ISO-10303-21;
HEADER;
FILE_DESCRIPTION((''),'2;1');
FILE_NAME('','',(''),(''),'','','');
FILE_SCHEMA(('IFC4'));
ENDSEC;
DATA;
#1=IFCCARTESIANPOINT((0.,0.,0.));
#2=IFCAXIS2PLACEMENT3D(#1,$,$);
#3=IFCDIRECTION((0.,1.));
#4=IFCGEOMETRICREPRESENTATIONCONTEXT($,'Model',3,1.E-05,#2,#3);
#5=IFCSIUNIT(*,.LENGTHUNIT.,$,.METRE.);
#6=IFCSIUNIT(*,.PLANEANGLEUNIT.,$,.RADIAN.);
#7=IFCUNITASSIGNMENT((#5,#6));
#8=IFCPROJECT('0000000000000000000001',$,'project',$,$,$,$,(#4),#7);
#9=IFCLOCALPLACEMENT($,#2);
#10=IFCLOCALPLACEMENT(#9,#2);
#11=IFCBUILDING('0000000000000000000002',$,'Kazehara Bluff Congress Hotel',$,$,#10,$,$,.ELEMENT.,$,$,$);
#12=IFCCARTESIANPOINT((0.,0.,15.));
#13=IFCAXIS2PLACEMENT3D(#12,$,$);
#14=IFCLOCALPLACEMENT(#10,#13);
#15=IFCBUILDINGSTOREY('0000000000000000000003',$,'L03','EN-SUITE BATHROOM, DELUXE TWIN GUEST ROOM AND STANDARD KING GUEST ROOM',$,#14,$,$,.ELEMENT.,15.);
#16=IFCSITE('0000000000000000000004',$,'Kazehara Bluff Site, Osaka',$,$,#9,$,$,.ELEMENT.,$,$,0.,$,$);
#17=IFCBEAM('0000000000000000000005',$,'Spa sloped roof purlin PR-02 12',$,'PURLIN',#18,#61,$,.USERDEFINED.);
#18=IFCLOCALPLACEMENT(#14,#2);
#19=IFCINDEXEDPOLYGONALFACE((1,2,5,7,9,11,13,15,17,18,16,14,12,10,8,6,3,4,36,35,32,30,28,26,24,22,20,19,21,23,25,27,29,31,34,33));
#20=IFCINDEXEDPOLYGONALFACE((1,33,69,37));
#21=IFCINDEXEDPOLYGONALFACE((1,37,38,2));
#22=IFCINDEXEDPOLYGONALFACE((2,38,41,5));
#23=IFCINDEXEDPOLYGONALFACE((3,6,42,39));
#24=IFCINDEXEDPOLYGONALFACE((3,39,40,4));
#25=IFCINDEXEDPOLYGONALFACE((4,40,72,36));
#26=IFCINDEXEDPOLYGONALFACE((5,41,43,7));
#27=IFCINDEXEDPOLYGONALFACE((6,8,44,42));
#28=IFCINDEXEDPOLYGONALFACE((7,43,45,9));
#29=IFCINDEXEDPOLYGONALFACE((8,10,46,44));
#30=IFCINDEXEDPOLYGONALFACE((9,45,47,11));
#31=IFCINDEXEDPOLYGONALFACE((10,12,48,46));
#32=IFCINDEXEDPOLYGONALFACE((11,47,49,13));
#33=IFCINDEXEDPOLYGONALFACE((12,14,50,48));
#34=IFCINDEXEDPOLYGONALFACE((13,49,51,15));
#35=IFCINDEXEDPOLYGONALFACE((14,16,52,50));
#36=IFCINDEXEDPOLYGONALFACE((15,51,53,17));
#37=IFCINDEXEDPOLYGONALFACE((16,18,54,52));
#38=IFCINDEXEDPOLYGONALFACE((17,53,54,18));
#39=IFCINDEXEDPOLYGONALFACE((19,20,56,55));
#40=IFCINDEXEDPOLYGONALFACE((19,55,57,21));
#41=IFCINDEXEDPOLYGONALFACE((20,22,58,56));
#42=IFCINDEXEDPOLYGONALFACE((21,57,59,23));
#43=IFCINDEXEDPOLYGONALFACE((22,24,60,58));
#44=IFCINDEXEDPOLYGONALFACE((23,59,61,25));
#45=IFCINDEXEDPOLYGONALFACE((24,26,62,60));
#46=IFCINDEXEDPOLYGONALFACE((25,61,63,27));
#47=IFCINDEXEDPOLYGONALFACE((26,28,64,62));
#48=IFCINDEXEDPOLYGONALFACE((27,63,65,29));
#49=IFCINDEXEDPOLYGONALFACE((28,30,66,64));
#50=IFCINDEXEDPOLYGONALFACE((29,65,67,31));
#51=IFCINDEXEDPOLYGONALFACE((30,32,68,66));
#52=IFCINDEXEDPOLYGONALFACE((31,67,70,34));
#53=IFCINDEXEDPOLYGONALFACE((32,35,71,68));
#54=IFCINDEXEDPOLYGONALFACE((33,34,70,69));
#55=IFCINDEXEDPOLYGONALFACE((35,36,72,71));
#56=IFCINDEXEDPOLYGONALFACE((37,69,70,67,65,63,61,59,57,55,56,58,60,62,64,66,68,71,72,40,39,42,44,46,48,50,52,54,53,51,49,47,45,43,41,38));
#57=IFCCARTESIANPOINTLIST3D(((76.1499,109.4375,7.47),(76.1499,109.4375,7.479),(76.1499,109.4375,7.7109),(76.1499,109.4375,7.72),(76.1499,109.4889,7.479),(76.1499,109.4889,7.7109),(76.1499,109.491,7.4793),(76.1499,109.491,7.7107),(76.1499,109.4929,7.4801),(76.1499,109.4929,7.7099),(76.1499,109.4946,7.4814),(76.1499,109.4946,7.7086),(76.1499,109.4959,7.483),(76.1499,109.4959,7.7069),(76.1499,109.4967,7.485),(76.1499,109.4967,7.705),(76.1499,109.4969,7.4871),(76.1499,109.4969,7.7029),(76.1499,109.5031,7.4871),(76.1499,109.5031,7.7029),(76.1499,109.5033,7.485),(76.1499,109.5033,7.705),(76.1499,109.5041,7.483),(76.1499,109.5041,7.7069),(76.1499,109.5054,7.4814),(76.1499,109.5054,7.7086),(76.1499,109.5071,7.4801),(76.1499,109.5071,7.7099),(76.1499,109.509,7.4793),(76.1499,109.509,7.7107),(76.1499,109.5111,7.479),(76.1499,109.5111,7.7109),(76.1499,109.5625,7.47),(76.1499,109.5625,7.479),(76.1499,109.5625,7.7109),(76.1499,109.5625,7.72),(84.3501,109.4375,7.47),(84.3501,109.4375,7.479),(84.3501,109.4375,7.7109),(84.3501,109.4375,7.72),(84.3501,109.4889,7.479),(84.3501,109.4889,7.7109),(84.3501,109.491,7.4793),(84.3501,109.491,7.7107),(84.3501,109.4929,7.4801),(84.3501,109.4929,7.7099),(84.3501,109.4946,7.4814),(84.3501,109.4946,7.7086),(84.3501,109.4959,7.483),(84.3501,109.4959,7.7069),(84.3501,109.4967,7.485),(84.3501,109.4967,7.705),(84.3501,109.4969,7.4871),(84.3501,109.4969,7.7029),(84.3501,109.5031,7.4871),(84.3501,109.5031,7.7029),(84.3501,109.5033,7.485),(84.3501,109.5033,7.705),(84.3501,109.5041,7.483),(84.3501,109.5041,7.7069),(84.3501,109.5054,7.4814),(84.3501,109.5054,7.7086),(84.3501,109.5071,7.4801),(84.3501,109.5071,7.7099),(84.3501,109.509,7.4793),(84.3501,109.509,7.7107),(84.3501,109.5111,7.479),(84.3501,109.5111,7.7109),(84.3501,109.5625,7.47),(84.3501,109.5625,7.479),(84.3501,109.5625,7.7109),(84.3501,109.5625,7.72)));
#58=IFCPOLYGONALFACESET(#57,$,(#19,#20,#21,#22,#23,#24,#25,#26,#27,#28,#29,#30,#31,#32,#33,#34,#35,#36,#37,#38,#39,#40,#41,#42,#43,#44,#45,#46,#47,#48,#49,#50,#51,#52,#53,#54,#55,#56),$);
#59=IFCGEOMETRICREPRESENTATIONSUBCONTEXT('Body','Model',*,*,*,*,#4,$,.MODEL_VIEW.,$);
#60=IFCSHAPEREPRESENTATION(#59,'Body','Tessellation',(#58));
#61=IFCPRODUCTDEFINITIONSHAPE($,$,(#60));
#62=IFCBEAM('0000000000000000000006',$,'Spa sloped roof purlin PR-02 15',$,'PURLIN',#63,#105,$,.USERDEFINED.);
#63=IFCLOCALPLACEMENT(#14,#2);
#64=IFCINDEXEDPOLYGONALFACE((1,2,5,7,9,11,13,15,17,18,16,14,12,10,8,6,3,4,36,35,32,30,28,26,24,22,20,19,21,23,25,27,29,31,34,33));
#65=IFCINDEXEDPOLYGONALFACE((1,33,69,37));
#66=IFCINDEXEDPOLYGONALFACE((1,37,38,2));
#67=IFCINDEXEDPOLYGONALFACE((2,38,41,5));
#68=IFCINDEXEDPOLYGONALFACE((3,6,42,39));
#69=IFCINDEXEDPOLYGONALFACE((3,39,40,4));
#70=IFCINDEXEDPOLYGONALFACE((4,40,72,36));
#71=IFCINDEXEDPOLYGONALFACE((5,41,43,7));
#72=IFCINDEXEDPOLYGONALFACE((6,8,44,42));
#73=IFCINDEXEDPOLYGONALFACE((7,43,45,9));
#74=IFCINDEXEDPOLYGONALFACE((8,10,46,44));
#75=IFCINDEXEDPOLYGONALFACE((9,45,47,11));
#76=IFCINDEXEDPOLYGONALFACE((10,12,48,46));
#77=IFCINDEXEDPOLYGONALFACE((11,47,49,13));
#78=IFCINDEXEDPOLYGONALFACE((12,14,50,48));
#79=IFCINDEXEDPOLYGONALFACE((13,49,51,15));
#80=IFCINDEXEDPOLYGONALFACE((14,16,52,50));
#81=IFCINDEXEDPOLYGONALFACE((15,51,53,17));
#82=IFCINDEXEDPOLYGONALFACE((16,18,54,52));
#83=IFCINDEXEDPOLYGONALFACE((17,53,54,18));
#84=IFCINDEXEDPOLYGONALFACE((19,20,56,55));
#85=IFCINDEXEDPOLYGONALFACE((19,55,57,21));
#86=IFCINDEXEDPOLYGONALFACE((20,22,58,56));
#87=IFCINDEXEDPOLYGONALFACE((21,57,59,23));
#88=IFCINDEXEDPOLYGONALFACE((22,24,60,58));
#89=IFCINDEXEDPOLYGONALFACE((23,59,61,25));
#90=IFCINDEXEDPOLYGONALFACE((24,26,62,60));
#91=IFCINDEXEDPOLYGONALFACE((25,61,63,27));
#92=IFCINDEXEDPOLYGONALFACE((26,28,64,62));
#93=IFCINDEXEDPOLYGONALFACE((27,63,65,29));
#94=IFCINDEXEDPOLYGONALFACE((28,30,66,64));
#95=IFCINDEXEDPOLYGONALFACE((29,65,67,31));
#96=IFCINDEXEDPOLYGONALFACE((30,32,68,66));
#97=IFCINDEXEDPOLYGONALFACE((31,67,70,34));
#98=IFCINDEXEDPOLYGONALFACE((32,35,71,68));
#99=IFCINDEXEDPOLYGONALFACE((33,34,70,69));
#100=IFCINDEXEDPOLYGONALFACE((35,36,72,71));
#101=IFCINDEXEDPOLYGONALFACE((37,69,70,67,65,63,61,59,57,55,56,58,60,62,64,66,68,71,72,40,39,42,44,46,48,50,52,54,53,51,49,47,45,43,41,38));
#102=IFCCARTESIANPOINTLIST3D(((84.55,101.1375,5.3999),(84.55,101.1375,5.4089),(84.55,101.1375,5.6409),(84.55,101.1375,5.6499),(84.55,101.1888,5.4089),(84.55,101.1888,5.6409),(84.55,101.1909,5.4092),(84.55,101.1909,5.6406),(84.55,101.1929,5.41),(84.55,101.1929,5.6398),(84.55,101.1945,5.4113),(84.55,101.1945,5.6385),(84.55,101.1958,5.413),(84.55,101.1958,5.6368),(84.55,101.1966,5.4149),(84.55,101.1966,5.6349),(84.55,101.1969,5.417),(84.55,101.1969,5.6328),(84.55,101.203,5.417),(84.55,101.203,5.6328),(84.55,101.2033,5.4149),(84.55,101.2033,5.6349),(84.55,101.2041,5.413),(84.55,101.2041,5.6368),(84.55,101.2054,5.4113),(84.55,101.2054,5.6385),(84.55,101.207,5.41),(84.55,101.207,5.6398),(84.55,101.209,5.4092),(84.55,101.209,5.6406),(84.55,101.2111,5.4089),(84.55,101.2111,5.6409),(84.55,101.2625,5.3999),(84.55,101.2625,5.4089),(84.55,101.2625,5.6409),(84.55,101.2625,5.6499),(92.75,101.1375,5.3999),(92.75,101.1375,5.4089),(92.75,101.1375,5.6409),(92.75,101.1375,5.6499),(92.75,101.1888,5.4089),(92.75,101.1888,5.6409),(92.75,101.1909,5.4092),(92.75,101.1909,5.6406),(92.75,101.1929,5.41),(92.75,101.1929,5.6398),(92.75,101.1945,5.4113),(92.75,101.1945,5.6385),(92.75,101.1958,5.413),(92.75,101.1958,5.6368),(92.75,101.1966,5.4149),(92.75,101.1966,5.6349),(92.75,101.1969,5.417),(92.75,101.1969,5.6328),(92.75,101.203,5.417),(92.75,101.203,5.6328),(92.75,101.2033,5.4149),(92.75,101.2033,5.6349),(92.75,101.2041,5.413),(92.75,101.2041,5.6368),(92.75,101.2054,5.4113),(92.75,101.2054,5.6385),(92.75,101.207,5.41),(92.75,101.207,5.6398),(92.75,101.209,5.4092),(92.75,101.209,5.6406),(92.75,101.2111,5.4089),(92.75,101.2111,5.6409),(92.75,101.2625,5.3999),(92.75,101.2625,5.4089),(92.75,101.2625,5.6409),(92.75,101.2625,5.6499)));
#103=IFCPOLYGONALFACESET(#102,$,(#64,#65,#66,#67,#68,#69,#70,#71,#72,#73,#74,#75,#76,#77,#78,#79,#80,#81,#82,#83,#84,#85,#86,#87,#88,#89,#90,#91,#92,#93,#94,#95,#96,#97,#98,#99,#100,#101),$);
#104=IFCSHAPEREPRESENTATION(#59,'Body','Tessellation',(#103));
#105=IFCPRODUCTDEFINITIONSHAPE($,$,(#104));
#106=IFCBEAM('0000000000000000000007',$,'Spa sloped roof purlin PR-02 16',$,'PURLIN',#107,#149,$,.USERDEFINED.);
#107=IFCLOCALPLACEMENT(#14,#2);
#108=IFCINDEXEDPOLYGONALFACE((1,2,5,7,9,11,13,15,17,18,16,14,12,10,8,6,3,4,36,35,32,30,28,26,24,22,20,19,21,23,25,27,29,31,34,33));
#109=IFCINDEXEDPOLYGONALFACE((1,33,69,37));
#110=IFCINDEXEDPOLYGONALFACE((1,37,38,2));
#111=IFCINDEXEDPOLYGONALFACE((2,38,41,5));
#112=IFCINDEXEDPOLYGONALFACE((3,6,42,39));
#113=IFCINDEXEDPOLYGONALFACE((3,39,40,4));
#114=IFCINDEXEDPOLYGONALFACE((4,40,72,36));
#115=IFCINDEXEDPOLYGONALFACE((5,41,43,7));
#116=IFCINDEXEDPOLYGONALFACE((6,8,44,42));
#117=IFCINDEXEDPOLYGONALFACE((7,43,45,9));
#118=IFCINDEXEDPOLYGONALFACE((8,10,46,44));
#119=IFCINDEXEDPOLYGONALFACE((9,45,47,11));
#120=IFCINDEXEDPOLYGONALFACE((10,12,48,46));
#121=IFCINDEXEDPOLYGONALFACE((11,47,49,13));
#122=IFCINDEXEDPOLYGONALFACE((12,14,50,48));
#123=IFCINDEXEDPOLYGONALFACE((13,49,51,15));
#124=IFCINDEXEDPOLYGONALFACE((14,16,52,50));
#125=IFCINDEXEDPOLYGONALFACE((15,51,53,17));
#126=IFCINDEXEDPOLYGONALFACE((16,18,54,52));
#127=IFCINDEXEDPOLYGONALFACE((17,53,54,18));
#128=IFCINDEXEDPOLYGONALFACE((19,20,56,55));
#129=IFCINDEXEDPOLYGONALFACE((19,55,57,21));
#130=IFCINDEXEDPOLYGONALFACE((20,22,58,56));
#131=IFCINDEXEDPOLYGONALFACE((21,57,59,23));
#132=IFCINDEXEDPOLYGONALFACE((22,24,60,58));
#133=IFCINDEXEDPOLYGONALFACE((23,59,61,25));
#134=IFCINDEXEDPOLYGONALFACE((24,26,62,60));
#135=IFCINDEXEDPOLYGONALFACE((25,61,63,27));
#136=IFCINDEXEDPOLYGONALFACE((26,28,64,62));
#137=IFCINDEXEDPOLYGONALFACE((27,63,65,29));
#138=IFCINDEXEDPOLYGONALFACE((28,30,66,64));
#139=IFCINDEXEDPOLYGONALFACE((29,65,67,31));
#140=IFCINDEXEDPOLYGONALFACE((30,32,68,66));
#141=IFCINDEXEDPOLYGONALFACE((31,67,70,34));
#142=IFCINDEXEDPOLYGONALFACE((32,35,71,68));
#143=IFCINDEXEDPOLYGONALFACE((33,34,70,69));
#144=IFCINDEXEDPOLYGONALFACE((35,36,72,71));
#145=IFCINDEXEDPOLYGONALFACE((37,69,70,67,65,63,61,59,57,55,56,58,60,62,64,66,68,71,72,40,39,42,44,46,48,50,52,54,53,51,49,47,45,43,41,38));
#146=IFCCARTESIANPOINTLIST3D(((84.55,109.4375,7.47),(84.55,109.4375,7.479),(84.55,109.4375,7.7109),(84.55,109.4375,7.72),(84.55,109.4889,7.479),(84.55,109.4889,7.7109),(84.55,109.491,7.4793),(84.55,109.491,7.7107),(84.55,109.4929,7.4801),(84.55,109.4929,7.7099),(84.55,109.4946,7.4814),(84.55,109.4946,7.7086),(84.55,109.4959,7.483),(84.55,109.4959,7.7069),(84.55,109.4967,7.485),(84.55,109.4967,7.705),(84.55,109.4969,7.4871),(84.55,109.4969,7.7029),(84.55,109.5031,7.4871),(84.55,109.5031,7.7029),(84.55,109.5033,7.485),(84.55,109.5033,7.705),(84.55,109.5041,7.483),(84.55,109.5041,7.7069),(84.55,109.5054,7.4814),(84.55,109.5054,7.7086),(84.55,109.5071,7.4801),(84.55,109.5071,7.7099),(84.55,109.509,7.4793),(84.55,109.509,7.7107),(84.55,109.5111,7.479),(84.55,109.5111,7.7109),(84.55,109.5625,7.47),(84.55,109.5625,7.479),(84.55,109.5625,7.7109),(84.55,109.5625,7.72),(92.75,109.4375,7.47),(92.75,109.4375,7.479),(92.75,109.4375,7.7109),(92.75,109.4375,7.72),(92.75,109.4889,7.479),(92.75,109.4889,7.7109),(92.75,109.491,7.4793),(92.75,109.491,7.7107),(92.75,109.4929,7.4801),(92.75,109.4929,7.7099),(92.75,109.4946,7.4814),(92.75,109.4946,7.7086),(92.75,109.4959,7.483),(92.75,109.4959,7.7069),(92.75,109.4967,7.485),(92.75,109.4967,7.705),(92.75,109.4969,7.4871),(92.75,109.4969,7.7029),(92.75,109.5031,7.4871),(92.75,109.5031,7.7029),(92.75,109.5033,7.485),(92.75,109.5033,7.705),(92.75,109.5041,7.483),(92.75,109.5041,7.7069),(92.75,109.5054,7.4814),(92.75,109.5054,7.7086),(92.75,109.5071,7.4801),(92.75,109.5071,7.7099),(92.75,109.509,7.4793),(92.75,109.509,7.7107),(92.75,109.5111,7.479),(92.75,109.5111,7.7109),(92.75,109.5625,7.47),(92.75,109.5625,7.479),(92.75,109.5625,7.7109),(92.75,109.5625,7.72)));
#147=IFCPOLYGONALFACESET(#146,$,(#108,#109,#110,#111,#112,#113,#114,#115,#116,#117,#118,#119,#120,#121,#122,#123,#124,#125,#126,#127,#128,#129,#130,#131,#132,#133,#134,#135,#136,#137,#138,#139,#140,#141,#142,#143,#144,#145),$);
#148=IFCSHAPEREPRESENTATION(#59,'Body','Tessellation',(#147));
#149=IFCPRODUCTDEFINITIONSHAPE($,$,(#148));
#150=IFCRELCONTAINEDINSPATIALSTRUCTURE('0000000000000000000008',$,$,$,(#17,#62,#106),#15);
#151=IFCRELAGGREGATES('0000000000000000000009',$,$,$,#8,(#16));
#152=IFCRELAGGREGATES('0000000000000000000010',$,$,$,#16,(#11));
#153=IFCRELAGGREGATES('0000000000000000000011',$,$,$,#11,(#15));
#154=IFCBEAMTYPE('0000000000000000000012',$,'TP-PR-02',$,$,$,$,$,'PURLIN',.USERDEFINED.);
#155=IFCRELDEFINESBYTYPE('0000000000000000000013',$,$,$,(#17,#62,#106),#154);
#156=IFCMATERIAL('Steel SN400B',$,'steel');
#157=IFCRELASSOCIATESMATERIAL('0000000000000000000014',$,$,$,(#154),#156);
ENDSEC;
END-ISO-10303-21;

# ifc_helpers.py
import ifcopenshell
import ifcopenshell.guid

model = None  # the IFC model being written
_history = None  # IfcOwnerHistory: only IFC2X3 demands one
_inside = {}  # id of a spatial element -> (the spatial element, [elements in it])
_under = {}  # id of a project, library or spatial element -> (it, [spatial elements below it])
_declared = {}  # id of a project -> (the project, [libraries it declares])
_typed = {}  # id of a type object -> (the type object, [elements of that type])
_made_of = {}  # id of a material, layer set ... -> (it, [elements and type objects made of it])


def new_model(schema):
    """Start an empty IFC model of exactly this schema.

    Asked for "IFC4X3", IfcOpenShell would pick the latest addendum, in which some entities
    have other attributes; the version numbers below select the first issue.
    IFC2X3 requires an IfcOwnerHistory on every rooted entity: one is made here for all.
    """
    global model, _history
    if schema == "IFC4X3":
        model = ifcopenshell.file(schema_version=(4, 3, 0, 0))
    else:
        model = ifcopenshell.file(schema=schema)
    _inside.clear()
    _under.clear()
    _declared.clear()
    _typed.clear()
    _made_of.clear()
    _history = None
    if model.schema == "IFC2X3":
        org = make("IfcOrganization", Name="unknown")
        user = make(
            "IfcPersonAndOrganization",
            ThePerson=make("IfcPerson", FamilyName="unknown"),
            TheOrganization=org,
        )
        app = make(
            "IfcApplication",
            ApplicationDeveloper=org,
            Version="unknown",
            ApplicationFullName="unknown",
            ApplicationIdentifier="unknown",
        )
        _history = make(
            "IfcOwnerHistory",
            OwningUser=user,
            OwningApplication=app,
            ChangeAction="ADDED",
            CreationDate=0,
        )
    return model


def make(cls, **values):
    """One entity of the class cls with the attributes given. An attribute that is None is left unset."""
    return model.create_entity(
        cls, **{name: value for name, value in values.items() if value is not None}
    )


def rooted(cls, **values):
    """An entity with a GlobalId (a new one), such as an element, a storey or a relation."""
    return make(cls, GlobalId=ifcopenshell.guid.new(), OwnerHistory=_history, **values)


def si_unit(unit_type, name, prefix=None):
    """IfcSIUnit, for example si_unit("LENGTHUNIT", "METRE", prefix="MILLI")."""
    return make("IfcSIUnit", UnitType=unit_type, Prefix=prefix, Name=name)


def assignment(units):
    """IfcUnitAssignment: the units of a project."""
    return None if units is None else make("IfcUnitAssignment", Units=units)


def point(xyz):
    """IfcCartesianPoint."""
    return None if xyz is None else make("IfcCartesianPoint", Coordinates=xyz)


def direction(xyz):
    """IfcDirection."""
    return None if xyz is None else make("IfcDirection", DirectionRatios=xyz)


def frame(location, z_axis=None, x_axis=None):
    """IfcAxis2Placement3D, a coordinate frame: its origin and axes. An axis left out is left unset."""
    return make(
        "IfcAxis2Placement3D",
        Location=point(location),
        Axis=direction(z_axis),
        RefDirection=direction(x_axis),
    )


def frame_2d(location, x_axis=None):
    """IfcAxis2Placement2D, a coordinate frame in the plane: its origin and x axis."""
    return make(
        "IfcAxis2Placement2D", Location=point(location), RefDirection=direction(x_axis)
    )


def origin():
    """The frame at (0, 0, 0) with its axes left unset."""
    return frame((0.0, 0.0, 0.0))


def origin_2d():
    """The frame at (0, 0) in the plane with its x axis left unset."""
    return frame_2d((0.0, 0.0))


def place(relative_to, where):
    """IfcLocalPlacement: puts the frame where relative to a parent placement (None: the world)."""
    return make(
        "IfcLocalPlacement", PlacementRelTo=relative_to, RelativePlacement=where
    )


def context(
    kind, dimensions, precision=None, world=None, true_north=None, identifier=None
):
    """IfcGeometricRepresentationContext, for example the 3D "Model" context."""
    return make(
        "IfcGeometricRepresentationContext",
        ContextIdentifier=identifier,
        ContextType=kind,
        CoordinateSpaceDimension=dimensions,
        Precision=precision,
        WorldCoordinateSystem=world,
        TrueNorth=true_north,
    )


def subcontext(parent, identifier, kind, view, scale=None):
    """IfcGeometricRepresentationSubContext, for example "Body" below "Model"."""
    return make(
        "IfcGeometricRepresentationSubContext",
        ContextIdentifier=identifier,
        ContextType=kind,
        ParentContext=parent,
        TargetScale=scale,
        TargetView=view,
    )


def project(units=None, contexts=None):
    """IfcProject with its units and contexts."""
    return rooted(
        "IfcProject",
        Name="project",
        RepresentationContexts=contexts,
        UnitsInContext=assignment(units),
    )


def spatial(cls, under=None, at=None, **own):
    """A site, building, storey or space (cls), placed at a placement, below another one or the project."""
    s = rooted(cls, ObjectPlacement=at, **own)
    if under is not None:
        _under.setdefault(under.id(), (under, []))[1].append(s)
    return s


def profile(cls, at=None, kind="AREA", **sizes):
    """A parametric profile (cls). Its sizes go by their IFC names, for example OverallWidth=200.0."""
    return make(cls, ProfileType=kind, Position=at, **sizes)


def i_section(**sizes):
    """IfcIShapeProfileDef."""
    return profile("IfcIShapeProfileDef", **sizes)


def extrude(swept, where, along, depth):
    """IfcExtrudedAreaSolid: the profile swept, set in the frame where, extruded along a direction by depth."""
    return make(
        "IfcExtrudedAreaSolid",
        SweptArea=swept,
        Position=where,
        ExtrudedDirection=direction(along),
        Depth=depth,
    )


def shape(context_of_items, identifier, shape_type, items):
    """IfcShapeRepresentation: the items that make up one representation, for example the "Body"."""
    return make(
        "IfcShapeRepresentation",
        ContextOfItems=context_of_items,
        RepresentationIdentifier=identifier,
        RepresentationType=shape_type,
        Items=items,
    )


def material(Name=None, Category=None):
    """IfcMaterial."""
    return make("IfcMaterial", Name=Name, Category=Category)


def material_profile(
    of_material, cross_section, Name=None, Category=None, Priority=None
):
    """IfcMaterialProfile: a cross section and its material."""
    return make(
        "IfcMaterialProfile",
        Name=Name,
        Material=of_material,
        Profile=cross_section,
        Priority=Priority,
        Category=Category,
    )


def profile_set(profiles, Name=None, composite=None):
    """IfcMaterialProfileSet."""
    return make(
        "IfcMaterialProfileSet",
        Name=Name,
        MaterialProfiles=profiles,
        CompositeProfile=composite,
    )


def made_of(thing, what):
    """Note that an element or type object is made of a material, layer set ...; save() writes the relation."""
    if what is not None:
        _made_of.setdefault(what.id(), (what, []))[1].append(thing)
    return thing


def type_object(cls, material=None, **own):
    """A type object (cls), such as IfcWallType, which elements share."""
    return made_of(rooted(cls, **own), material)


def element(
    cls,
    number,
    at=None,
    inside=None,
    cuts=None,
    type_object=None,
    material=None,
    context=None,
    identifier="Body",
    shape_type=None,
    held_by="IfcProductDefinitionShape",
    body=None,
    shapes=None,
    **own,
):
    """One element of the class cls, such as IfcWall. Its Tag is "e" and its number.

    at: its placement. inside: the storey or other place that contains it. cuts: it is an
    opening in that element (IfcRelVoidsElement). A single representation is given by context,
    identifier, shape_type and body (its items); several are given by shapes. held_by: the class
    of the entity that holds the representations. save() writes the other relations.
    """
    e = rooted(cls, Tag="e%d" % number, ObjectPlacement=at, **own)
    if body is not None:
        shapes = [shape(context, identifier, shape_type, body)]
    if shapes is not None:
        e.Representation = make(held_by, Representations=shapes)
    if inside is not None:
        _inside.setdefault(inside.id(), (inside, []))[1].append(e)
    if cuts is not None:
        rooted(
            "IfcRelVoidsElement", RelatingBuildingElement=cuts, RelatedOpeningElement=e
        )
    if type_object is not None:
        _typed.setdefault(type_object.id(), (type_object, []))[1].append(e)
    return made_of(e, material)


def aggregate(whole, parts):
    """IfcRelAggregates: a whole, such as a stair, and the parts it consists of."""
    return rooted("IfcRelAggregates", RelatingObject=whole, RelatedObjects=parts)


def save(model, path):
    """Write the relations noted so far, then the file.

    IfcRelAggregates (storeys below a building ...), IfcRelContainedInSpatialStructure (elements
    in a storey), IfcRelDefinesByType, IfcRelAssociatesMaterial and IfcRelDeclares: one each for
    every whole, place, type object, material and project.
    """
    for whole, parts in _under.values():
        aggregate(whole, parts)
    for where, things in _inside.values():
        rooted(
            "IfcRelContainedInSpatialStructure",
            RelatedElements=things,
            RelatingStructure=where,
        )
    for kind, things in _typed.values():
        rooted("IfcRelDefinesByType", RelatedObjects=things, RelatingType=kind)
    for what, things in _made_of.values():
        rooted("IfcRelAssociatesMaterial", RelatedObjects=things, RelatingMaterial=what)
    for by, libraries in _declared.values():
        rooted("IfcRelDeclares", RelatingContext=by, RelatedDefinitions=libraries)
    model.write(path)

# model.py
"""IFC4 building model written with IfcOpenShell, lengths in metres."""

from ifc_helpers import new_model, si_unit, direction, frame, origin, origin_2d, place, context, subcontext, project, spatial, i_section, extrude, material, material_profile, profile_set, type_object, element, save


model = new_model("IFC4")

# Units and contexts
model_context = context("Model", 3, precision=1e-05, world=origin(), true_north=direction((0.0, 1.0)))
body_context = subcontext(model_context, "Body", "Model", "MODEL_VIEW")
ifc_project = project(units=[si_unit("LENGTHUNIT", "METRE"), si_unit("PLANEANGLEUNIT", "RADIAN")], contexts=[model_context])

# Site, building, storey
site_placement = place(None, origin())
site = spatial("IfcSite", under=ifc_project, at=site_placement, Name="Kazehara Bluff Site, Osaka", CompositionType="ELEMENT", RefElevation=0.0)
building_placement = place(site_placement, origin())
building = spatial("IfcBuilding", under=site, at=building_placement, Name="Kazehara Bluff Congress Hotel", CompositionType="ELEMENT")
storey_placement = place(building_placement, frame((0.0, 0.0, 15.0)))
storey = spatial("IfcBuildingStorey", under=building, at=storey_placement, Name="L03", Description="EN-SUITE BATHROOM, DELUXE TWIN GUEST ROOM AND STANDARD KING GUEST ROOM", CompositionType="ELEMENT", Elevation=15.0)

# Beams
ifc_material_1 = material(Name="Steel SN400B", Category="steel")
ifc_material_profile_1 = material_profile(ifc_material_1, i_section(OverallWidth=0.125, OverallDepth=0.25, WebThickness=0.0061, FlangeThickness=0.009, FilletRadius=0.0081, at=origin_2d()))
ifc_profile_set_1 = profile_set([ifc_material_profile_1], Name="Steel SN400B")
beam_type_1 = type_object("IfcBeamType", Name="TP-PR-02", ElementType="PURLIN", PredefinedType="USERDEFINED", material=ifc_profile_set_1)
for number, where, z_axis, x_axis, name in (
    (1, (76.1499, 109.5, 7.595), (1.0, 0.0, 0.0), (0.0, 1.0, 0.0), "Spa sloped roof purlin PR-02 12"),
):
    element("IfcBeam", number, at=place(storey_placement, frame(where, z_axis=z_axis, x_axis=x_axis)), inside=storey, type_object=beam_type_1, Name=name, ObjectType="PURLIN", PredefinedType="USERDEFINED", context=body_context, shape_type="SweptSolid", body=[
        extrude(i_section(OverallWidth=0.125, OverallDepth=0.25, WebThickness=0.0061, FlangeThickness=0.009, FilletRadius=0.0081, at=origin_2d()), origin(), (0.0, 0.0, 1.0), 8.2002),
    ])
for number, where, z_axis, x_axis, name in (
    (2, (84.55, 101.2, 5.5249), (1.0, 0.0, 0.0), (0.0, 1.0, 0.0), "Spa sloped roof purlin PR-02 15"),
    (3, (84.55, 109.5, 7.595), (1.0, 0.0, 0.0), (0.0, 1.0, 0.0), "Spa sloped roof purlin PR-02 16"),
):
    element("IfcBeam", number, at=place(storey_placement, frame(where, z_axis=z_axis, x_axis=x_axis)), inside=storey, type_object=beam_type_1, Name=name, ObjectType="PURLIN", PredefinedType="USERDEFINED", context=body_context, shape_type="SweptSolid", body=[
        extrude(i_section(OverallWidth=0.125, OverallDepth=0.25, WebThickness=0.0061, FlangeThickness=0.009, FilletRadius=0.0081, at=origin_2d()), origin(), (0.0, 0.0, 1.0), 8.2),
    ])

save(model, "model.ifc")
